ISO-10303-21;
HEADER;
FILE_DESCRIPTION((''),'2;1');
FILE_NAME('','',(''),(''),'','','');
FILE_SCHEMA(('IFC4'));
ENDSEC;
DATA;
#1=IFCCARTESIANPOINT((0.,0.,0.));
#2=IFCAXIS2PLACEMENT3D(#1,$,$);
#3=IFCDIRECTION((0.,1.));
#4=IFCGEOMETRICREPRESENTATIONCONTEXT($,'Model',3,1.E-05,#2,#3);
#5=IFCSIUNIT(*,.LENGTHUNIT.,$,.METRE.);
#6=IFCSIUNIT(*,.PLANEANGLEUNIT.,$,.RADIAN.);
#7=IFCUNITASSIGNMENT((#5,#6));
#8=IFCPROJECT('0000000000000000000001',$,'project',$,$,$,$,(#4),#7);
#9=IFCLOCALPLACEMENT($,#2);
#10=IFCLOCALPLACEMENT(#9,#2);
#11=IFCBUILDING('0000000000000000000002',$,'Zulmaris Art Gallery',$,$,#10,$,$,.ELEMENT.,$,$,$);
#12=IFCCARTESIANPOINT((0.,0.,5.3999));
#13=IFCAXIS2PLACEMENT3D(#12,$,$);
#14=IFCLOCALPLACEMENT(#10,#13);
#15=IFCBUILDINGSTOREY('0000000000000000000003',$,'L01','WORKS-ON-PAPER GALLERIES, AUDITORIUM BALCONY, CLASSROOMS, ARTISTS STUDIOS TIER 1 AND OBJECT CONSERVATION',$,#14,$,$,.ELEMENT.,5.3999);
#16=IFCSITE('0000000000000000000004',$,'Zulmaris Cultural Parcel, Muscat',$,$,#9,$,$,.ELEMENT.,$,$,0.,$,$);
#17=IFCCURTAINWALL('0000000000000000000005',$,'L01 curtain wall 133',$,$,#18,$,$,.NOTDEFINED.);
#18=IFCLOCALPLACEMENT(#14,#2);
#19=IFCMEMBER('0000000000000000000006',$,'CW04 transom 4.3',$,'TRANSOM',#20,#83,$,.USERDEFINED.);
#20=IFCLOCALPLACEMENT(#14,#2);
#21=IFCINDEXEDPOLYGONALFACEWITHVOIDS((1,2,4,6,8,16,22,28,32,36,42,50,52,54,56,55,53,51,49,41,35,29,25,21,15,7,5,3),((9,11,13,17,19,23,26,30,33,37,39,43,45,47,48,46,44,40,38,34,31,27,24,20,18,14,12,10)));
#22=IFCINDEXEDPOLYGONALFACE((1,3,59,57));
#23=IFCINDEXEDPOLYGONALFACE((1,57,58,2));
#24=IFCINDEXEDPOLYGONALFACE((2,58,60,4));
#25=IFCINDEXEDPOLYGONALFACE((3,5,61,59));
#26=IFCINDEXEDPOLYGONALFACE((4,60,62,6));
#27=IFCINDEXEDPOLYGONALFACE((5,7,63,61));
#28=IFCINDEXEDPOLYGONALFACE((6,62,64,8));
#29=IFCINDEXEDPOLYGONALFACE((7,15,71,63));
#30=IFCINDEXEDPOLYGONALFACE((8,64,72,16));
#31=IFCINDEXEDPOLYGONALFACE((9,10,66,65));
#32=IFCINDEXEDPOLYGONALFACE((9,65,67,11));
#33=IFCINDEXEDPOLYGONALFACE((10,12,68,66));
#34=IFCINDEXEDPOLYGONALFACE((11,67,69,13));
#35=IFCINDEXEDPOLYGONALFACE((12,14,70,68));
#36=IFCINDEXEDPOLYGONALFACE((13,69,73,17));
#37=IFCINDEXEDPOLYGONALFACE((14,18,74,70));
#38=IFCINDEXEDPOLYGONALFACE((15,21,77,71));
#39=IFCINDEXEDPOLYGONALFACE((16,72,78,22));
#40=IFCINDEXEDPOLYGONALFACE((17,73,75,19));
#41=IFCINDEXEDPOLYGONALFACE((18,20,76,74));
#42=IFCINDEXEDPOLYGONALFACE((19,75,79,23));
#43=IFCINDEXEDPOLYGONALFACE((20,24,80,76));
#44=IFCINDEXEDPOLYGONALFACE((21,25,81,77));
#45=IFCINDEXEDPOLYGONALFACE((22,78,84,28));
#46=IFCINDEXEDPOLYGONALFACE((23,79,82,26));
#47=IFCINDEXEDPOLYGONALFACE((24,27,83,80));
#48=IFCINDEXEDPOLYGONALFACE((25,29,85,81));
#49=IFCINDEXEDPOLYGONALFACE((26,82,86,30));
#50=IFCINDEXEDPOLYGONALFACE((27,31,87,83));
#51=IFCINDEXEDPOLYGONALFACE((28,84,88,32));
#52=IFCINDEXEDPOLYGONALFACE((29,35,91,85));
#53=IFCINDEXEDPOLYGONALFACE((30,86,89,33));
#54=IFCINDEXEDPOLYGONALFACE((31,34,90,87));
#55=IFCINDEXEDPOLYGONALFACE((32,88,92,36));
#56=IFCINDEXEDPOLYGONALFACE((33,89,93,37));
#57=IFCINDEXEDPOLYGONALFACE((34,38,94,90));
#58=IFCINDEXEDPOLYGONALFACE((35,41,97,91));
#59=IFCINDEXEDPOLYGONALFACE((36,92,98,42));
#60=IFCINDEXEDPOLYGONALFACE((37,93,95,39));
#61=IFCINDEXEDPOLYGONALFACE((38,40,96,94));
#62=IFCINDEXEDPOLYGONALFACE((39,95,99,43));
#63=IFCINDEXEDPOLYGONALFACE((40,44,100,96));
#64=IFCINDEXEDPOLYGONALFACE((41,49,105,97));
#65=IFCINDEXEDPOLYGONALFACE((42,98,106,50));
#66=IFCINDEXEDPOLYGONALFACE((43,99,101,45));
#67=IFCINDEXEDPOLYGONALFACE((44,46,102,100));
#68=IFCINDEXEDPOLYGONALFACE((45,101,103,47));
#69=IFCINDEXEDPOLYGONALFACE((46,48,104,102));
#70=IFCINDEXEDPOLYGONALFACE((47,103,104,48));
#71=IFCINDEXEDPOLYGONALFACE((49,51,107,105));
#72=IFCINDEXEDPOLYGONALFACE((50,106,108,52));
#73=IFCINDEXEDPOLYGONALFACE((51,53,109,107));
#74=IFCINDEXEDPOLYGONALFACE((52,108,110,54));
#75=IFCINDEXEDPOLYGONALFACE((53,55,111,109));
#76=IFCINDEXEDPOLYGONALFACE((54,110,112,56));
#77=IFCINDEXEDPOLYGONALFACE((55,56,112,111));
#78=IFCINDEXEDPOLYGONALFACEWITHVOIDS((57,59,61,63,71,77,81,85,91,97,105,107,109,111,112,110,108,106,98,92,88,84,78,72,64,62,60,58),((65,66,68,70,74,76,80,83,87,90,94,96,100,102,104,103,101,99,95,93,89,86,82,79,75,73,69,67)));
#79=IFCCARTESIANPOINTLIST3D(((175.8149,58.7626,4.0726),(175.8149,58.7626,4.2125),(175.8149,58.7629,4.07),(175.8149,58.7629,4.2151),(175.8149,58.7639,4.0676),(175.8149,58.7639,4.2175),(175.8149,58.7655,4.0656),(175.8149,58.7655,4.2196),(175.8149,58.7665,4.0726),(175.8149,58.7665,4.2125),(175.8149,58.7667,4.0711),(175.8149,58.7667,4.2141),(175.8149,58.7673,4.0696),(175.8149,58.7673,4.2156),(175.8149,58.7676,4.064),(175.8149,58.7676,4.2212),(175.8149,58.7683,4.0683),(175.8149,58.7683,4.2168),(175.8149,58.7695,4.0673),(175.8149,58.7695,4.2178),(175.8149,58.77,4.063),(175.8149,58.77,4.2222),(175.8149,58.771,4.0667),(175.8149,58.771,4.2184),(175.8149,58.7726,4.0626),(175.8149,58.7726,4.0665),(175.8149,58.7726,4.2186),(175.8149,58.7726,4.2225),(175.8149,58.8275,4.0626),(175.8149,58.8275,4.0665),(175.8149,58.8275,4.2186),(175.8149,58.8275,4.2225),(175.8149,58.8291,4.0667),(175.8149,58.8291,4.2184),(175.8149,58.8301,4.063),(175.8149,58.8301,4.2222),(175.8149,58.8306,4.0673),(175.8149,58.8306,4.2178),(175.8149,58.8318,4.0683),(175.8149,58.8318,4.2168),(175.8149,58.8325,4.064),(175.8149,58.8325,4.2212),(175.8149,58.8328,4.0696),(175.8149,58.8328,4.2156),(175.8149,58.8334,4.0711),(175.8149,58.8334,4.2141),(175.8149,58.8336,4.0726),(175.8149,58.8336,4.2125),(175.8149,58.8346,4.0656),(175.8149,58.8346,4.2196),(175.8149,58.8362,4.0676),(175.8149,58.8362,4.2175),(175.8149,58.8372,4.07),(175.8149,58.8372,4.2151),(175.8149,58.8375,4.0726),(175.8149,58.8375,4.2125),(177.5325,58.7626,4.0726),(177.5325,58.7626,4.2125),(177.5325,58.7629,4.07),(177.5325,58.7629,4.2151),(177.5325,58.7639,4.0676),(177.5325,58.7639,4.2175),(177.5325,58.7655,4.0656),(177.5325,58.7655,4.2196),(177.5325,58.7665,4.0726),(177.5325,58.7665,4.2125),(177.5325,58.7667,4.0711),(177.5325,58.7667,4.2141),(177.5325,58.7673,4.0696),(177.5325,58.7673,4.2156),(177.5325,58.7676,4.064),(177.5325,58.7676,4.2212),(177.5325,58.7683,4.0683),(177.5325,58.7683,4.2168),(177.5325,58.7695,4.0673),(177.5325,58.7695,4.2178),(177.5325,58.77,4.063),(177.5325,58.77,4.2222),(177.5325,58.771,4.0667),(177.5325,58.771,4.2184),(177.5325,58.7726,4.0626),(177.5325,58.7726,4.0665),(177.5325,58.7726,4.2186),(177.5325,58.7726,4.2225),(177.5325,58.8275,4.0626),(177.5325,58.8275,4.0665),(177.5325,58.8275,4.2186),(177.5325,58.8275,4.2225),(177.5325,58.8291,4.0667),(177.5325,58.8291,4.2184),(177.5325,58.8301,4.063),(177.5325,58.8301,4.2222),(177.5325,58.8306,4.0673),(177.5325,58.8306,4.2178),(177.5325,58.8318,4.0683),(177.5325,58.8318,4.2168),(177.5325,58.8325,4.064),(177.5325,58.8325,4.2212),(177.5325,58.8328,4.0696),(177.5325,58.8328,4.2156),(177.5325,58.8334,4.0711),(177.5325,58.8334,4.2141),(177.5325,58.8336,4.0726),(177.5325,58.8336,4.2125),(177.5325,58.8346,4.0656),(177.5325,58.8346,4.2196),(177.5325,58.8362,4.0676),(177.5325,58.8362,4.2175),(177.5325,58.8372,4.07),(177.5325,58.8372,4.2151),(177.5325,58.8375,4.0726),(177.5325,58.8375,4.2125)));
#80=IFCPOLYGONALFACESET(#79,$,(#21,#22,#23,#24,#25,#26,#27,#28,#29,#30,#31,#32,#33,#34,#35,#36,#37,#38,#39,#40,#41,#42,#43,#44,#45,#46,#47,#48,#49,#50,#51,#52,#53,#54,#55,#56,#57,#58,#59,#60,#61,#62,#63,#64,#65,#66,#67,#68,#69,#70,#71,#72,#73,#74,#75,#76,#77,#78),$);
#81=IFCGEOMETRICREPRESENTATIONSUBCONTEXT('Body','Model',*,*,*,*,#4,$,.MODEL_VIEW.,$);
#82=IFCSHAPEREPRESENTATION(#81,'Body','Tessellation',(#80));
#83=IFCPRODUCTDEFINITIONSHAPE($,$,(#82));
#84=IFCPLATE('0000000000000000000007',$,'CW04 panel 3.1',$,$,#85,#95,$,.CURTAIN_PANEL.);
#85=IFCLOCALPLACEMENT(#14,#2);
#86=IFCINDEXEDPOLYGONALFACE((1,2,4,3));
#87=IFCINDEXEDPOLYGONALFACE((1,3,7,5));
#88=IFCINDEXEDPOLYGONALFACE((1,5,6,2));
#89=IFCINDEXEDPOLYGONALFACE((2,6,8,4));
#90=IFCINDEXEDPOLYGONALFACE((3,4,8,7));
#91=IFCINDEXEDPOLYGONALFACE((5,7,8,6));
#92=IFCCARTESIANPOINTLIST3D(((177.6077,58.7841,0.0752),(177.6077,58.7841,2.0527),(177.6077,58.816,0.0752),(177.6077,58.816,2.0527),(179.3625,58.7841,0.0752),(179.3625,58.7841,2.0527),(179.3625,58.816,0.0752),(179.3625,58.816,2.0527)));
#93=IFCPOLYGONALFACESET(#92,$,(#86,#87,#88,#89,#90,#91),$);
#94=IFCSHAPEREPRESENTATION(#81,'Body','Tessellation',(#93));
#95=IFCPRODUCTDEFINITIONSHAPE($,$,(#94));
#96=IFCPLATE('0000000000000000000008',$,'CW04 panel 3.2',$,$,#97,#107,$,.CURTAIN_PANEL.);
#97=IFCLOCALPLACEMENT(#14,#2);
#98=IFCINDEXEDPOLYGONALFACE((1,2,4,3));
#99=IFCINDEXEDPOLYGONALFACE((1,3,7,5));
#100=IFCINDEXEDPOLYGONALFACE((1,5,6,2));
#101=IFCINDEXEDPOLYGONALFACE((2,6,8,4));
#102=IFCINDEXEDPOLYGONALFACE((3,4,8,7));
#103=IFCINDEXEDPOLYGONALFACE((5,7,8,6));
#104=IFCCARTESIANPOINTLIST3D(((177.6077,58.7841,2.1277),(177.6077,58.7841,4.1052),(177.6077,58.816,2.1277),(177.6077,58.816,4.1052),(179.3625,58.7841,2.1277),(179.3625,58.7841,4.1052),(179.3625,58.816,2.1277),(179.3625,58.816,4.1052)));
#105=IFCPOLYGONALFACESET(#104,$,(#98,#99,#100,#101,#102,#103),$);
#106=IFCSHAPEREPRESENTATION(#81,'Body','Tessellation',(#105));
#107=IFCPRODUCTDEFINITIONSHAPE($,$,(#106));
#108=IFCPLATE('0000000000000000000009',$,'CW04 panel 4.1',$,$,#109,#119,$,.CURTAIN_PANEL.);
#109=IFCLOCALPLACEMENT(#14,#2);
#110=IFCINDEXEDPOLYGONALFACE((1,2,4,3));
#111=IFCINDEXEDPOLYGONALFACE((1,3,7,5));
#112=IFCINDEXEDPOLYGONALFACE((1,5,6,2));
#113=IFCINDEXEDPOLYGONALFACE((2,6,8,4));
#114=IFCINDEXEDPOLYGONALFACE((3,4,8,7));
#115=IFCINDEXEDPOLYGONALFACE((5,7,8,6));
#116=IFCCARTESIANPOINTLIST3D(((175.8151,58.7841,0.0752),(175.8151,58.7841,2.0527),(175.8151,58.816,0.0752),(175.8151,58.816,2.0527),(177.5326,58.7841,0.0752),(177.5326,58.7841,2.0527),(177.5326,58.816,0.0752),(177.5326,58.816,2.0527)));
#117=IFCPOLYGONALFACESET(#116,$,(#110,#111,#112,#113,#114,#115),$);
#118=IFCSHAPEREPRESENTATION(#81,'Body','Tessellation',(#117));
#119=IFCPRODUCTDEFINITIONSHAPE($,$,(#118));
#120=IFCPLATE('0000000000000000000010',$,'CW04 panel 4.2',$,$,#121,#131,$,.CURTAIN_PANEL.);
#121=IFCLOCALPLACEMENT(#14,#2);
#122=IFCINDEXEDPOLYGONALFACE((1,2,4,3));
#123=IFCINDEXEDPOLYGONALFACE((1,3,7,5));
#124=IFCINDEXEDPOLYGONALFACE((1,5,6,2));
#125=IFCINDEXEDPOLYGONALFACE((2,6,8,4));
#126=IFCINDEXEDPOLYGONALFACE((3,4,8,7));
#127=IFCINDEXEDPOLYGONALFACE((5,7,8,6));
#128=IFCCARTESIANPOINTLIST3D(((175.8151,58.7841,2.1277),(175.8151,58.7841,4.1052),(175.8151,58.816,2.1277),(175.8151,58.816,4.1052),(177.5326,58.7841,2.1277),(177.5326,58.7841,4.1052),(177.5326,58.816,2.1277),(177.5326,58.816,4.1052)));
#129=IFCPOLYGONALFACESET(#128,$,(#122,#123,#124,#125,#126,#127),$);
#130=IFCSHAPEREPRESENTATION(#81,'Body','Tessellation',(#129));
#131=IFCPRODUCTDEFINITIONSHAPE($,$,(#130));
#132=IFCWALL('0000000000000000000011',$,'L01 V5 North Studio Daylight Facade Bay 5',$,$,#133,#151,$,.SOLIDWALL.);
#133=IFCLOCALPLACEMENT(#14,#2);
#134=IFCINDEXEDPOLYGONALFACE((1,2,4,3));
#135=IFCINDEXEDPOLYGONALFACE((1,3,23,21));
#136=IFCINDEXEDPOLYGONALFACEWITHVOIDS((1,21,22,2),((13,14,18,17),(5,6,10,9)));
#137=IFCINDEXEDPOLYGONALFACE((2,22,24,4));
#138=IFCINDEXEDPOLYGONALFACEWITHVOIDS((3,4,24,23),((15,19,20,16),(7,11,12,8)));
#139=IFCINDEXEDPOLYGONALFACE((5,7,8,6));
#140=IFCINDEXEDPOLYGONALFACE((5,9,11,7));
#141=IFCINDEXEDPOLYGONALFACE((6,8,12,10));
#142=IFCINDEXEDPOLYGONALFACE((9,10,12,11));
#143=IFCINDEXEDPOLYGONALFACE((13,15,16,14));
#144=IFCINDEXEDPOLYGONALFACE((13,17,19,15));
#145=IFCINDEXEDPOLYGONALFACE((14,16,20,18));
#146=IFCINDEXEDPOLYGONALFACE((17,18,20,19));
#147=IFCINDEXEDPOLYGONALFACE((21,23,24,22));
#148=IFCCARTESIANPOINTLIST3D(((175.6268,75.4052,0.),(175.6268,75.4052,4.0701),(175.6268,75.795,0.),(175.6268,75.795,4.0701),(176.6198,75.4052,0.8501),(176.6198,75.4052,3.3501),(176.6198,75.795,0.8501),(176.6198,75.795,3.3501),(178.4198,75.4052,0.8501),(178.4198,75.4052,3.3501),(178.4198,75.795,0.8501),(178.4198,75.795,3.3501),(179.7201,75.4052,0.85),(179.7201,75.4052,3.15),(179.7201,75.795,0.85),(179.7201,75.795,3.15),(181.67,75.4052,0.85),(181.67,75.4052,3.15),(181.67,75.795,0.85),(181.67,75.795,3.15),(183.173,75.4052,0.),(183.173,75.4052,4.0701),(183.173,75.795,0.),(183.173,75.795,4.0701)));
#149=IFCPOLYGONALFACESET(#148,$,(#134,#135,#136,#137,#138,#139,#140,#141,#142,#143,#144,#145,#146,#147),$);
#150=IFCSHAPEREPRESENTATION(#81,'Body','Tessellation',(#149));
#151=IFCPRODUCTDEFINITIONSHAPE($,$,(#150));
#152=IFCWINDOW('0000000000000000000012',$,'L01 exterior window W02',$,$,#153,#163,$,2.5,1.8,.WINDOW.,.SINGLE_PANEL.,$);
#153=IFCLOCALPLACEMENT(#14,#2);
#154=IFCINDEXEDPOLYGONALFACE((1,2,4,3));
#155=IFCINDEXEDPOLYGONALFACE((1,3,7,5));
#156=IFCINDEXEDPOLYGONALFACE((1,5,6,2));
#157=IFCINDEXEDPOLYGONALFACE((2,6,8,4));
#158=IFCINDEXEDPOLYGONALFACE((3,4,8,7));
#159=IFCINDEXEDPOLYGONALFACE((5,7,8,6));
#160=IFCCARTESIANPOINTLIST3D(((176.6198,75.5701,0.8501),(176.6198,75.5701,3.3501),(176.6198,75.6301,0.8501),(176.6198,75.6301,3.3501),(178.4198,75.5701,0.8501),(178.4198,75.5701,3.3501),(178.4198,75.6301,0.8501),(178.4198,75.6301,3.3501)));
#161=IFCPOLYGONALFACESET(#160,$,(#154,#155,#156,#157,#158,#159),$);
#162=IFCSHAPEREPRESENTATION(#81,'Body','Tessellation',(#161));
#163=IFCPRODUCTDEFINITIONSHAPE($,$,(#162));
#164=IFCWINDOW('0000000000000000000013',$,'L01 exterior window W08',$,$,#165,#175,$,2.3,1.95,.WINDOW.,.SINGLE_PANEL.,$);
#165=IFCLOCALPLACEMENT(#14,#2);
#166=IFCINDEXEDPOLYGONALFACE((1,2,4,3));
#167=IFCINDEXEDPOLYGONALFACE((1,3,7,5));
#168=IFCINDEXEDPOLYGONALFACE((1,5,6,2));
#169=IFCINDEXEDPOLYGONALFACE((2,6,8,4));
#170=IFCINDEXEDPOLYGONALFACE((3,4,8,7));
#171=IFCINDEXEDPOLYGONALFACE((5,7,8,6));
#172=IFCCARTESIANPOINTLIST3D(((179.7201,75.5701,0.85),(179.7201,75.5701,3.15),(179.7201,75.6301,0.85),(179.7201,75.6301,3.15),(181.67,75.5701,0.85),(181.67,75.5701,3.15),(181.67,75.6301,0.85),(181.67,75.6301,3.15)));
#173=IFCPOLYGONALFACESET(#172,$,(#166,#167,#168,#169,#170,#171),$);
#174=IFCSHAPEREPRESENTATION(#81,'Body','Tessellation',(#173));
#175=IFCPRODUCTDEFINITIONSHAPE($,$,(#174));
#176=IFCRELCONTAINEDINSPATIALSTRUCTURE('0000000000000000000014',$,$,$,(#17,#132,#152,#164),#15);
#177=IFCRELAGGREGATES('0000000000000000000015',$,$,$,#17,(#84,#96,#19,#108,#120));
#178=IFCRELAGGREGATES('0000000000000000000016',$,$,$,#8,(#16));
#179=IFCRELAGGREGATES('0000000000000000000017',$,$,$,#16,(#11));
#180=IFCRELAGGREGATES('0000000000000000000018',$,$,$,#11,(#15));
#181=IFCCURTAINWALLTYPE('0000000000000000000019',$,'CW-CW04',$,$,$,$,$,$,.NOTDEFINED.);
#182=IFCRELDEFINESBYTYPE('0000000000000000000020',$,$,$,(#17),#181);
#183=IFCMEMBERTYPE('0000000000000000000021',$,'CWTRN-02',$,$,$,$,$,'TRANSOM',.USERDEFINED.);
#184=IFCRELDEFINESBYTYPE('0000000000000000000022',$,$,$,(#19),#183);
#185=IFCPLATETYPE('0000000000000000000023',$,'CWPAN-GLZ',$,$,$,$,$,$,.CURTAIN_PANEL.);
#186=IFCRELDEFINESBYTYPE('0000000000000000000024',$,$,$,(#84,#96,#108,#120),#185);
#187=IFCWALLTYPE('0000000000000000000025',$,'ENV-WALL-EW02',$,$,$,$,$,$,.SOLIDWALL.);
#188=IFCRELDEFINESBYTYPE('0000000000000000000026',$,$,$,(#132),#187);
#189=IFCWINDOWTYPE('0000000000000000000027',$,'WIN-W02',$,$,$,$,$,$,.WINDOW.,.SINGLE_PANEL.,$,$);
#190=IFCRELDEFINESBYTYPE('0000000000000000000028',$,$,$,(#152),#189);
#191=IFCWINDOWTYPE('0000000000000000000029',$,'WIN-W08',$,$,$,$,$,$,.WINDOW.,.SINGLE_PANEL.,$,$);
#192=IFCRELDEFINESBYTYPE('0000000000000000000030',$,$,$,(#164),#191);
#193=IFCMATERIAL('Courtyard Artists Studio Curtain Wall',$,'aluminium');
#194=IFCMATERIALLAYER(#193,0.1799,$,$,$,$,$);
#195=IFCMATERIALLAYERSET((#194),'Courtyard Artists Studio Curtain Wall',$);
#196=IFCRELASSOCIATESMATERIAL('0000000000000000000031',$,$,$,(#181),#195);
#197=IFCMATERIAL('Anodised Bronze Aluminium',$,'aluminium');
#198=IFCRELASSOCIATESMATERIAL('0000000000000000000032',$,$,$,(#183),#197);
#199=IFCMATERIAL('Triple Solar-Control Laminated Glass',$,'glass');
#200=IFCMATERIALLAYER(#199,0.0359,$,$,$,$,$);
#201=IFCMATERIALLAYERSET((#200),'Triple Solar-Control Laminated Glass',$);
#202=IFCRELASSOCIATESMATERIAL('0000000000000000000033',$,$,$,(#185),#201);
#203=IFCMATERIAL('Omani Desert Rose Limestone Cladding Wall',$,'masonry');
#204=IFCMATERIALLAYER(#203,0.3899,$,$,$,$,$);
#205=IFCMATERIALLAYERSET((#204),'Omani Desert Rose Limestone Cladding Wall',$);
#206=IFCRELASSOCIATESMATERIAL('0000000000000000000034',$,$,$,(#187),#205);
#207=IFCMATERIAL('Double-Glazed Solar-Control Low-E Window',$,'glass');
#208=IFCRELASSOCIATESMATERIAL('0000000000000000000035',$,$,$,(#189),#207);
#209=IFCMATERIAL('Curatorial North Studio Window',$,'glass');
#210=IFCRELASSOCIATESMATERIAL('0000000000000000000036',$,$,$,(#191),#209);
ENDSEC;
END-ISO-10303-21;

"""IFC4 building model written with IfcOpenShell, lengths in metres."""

from ifc_helpers import new_model, si_unit, direction, frame, frame_2d, origin, origin_2d, place, context, subcontext, project, spatial, rectangle, hollow_rectangle, extrude, material, layer, layer_set, material_profile, profile_set, type_object, element, fill, aggregate, save


model = new_model("IFC4")

# Units and contexts
model_context = context("Model", 3, precision=1e-05, world=origin(), true_north=direction((0.0, 1.0)))
body_context = subcontext(model_context, "Body", "Model", "MODEL_VIEW")
ifc_project = project(units=[si_unit("LENGTHUNIT", "METRE"), si_unit("PLANEANGLEUNIT", "RADIAN")], contexts=[model_context])

# Site, building, storey
site_placement = place(None, origin())
site = spatial("IfcSite", under=ifc_project, at=site_placement, Name="Zulmaris Cultural Parcel, Muscat", CompositionType="ELEMENT", RefElevation=0.0)
building_placement = place(site_placement, origin())
building = spatial("IfcBuilding", under=site, at=building_placement, Name="Zulmaris Art Gallery", CompositionType="ELEMENT")
storey_placement = place(building_placement, frame((0.0, 0.0, 5.3999)))
storey = spatial("IfcBuildingStorey", under=building, at=storey_placement, Name="L01", Description="WORKS-ON-PAPER GALLERIES, AUDITORIUM BALCONY, CLASSROOMS, ARTISTS STUDIOS TIER 1 AND OBJECT CONSERVATION", CompositionType="ELEMENT", Elevation=5.3999)

# Shared definitions
ifc_material_1 = material(Name="Courtyard Artists Studio Curtain Wall", Category="aluminium")
ifc_layer_1 = layer(ifc_material_1, 0.1799)
ifc_layer_set_1 = layer_set([ifc_layer_1], Name="Courtyard Artists Studio Curtain Wall")
curtain_wall_type = type_object("IfcCurtainWallType", Name="CW-CW04", PredefinedType="NOTDEFINED", material=ifc_layer_set_1)
ifc_material_2 = material(Name="Anodised Bronze Aluminium", Category="aluminium")

# Curtain wall
curtain_wall_1_placement = place(storey_placement, origin())
curtain_wall_1 = element("IfcCurtainWall", 1, at=curtain_wall_1_placement, inside=storey, type_object=curtain_wall_type, Name="L01 curtain wall 133", PredefinedType="NOTDEFINED")

# Member
ifc_material_profile_1 = material_profile(ifc_material_2, hollow_rectangle(XDim=0.075, YDim=0.1599, WallThickness=0.0039, InnerFilletRadius=0.0061, OuterFilletRadius=0.01, at=origin_2d()), Name="ALU 75x160x4")
ifc_profile_set_1 = profile_set([ifc_material_profile_1], Name="Anodised Bronze Aluminium")
member_type_1 = type_object("IfcMemberType", Name="CWTRN-02", ElementType="TRANSOM", PredefinedType="USERDEFINED", material=ifc_profile_set_1)
member_1_placement = place(storey_placement, frame((177.5325, 58.8, 4.1426), z_axis=(-1.0, 0.0, 0.0), x_axis=(0.0, -1.0, 0.0)))
member_1 = element("IfcMember", 2, at=member_1_placement, type_object=member_type_1, Name="CW04 transom 4.3", ObjectType="TRANSOM", PredefinedType="USERDEFINED", context=body_context, shape_type="SweptSolid", body=[
    extrude(hollow_rectangle(XDim=0.075, YDim=0.1599, WallThickness=0.0039, InnerFilletRadius=0.0061, OuterFilletRadius=0.01, at=origin_2d()), origin(), (0.0, 0.0, 1.0), 1.7175),
])

# Plates
ifc_material_3 = material(Name="Triple Solar-Control Laminated Glass", Category="glass")
ifc_layer_2 = layer(ifc_material_3, 0.0359)
ifc_layer_set_2 = layer_set([ifc_layer_2], Name="Triple Solar-Control Laminated Glass")
plate_type = type_object("IfcPlateType", Name="CWPAN-GLZ", PredefinedType="CURTAIN_PANEL", material=ifc_layer_set_2)
plate_1_placement = place(storey_placement, frame((178.4851, 58.8, 0.0752), z_axis=(0.0, 0.0, 1.0), x_axis=(-1.0, 0.0, 0.0)))
plate_1 = element("IfcPlate", 3, at=plate_1_placement, type_object=plate_type, Name="CW04 panel 3.1", PredefinedType="CURTAIN_PANEL", context=body_context, shape_type="SweptSolid", body=[
    extrude(rectangle(XDim=1.7549, YDim=0.032, at=origin_2d()), origin(), (0.0, 0.0, 1.0), 1.9775),
])
plate_2_placement = place(storey_placement, frame((178.4851, 58.8, 2.1277), z_axis=(0.0, 0.0, 1.0), x_axis=(-1.0, 0.0, 0.0)))
plate_2 = element("IfcPlate", 4, at=plate_2_placement, type_object=plate_type, Name="CW04 panel 3.2", PredefinedType="CURTAIN_PANEL", context=body_context, shape_type="SweptSolid", body=[
    extrude(rectangle(XDim=1.7549, YDim=0.032, at=origin_2d()), origin(), (0.0, 0.0, 1.0), 1.9775),
])
plate_3_placement = place(storey_placement, frame((176.6738, 58.8, 0.0752), z_axis=(0.0, 0.0, 1.0), x_axis=(-1.0, 0.0, 0.0)))
plate_3 = element("IfcPlate", 5, at=plate_3_placement, type_object=plate_type, Name="CW04 panel 4.1", PredefinedType="CURTAIN_PANEL", context=body_context, shape_type="SweptSolid", body=[
    extrude(rectangle(XDim=1.7175, YDim=0.032, at=origin_2d()), origin(), (0.0, 0.0, 1.0), 1.9775),
])
plate_4_placement = place(storey_placement, frame((176.6738, 58.8, 2.1277), z_axis=(0.0, 0.0, 1.0), x_axis=(-1.0, 0.0, 0.0)))
plate_4 = element("IfcPlate", 6, at=plate_4_placement, type_object=plate_type, Name="CW04 panel 4.2", PredefinedType="CURTAIN_PANEL", context=body_context, shape_type="SweptSolid", body=[
    extrude(rectangle(XDim=1.7175, YDim=0.032, at=origin_2d()), origin(), (0.0, 0.0, 1.0), 1.9775),
])
aggregate(curtain_wall_1, [plate_1, plate_2, member_1, plate_3, plate_4])

# Wall, openings, windows
ifc_material_4 = material(Name="Omani Desert Rose Limestone Cladding Wall", Category="masonry")
ifc_layer_3 = layer(ifc_material_4, 0.3899)
ifc_layer_set_3 = layer_set([ifc_layer_3], Name="Omani Desert Rose Limestone Cladding Wall")
wall_type_1 = type_object("IfcWallType", Name="ENV-WALL-EW02", PredefinedType="SOLIDWALL", material=ifc_layer_set_3)
wall_placement = place(storey_placement, frame((175.627, 75.6001, 0.0), z_axis=(0.0, 0.0, 1.0), x_axis=(1.0, 0.0, 0.0)))
wall = element("IfcWall", 7, at=wall_placement, inside=storey, type_object=wall_type_1, Name="L01 V5 North Studio Daylight Facade Bay 5", PredefinedType="SOLIDWALL", context=body_context, shape_type="SweptSolid", body=[
    extrude(rectangle(XDim=7.5461, YDim=0.3899, at=frame_2d((3.7729, 0.0))), origin(), (0.0, 0.0, 1.0), 4.0701),
])
opening_1_placement = place(wall_placement, frame((0.9929, 0.0, 0.8501)))
opening_1 = element("IfcOpeningElement", 8, at=opening_1_placement, cuts=wall, PredefinedType="OPENING", context=body_context, shape_type="SweptSolid", body=[
    extrude(rectangle(XDim=1.8, YDim=2.5, at=frame_2d((0.8999, 1.25))), frame((0.0, 0.2048, 0.0), z_axis=(0.0, -1.0, 0.0), x_axis=(1.0, 0.0, 0.0)), (0.0, 0.0, 1.0), 0.4099),
])
opening_2_placement = place(wall_placement, frame((4.093, 0.0, 0.8501)))
opening_2 = element("IfcOpeningElement", 9, at=opening_2_placement, cuts=wall, PredefinedType="OPENING", context=body_context, shape_type="SweptSolid", body=[
    extrude(rectangle(XDim=1.95, YDim=2.3, at=frame_2d((0.9751, 1.1499))), frame((0.0, 0.2048, 0.0), z_axis=(0.0, -1.0, 0.0), x_axis=(1.0, 0.0, 0.0)), (0.0, 0.0, 1.0), 0.4099),
])
ifc_material_5 = material(Name="Double-Glazed Solar-Control Low-E Window", Category="glass")
window_type_1 = type_object("IfcWindowType", Name="WIN-W02", PartitioningType="SINGLE_PANEL", PredefinedType="WINDOW", material=ifc_material_5)
window_1_placement = place(opening_1_placement, origin())
window_1 = element("IfcWindow", 10, at=window_1_placement, inside=storey, type_object=window_type_1, Name="L01 exterior window W02", OverallHeight=2.5, OverallWidth=1.8, PartitioningType="SINGLE_PANEL", PredefinedType="WINDOW", context=body_context, shape_type="SweptSolid", body=[
    extrude(rectangle(XDim=1.8, YDim=2.5, at=frame_2d((0.8999, 1.25))), frame((0.0, 0.03, 0.0), z_axis=(0.0, -1.0, 0.0), x_axis=(1.0, 0.0, 0.0)), (0.0, 0.0, 1.0), 0.0601),
])
fill(opening_1, window_1)
ifc_material_6 = material(Name="Curatorial North Studio Window", Category="glass")
window_type_2 = type_object("IfcWindowType", Name="WIN-W08", PartitioningType="SINGLE_PANEL", PredefinedType="WINDOW", material=ifc_material_6)
window_2_placement = place(opening_2_placement, origin())
window_2 = element("IfcWindow", 11, at=window_2_placement, inside=storey, type_object=window_type_2, Name="L01 exterior window W08", OverallHeight=2.3, OverallWidth=1.95, PartitioningType="SINGLE_PANEL", PredefinedType="WINDOW", context=body_context, shape_type="SweptSolid", body=[
    extrude(rectangle(XDim=1.95, YDim=2.3, at=frame_2d((0.9751, 1.1499))), frame((0.0, 0.03, 0.0), z_axis=(0.0, -1.0, 0.0), x_axis=(1.0, 0.0, 0.0)), (0.0, 0.0, 1.0), 0.0601),
])
fill(opening_2, window_2)

save(model, "model.ifc")
